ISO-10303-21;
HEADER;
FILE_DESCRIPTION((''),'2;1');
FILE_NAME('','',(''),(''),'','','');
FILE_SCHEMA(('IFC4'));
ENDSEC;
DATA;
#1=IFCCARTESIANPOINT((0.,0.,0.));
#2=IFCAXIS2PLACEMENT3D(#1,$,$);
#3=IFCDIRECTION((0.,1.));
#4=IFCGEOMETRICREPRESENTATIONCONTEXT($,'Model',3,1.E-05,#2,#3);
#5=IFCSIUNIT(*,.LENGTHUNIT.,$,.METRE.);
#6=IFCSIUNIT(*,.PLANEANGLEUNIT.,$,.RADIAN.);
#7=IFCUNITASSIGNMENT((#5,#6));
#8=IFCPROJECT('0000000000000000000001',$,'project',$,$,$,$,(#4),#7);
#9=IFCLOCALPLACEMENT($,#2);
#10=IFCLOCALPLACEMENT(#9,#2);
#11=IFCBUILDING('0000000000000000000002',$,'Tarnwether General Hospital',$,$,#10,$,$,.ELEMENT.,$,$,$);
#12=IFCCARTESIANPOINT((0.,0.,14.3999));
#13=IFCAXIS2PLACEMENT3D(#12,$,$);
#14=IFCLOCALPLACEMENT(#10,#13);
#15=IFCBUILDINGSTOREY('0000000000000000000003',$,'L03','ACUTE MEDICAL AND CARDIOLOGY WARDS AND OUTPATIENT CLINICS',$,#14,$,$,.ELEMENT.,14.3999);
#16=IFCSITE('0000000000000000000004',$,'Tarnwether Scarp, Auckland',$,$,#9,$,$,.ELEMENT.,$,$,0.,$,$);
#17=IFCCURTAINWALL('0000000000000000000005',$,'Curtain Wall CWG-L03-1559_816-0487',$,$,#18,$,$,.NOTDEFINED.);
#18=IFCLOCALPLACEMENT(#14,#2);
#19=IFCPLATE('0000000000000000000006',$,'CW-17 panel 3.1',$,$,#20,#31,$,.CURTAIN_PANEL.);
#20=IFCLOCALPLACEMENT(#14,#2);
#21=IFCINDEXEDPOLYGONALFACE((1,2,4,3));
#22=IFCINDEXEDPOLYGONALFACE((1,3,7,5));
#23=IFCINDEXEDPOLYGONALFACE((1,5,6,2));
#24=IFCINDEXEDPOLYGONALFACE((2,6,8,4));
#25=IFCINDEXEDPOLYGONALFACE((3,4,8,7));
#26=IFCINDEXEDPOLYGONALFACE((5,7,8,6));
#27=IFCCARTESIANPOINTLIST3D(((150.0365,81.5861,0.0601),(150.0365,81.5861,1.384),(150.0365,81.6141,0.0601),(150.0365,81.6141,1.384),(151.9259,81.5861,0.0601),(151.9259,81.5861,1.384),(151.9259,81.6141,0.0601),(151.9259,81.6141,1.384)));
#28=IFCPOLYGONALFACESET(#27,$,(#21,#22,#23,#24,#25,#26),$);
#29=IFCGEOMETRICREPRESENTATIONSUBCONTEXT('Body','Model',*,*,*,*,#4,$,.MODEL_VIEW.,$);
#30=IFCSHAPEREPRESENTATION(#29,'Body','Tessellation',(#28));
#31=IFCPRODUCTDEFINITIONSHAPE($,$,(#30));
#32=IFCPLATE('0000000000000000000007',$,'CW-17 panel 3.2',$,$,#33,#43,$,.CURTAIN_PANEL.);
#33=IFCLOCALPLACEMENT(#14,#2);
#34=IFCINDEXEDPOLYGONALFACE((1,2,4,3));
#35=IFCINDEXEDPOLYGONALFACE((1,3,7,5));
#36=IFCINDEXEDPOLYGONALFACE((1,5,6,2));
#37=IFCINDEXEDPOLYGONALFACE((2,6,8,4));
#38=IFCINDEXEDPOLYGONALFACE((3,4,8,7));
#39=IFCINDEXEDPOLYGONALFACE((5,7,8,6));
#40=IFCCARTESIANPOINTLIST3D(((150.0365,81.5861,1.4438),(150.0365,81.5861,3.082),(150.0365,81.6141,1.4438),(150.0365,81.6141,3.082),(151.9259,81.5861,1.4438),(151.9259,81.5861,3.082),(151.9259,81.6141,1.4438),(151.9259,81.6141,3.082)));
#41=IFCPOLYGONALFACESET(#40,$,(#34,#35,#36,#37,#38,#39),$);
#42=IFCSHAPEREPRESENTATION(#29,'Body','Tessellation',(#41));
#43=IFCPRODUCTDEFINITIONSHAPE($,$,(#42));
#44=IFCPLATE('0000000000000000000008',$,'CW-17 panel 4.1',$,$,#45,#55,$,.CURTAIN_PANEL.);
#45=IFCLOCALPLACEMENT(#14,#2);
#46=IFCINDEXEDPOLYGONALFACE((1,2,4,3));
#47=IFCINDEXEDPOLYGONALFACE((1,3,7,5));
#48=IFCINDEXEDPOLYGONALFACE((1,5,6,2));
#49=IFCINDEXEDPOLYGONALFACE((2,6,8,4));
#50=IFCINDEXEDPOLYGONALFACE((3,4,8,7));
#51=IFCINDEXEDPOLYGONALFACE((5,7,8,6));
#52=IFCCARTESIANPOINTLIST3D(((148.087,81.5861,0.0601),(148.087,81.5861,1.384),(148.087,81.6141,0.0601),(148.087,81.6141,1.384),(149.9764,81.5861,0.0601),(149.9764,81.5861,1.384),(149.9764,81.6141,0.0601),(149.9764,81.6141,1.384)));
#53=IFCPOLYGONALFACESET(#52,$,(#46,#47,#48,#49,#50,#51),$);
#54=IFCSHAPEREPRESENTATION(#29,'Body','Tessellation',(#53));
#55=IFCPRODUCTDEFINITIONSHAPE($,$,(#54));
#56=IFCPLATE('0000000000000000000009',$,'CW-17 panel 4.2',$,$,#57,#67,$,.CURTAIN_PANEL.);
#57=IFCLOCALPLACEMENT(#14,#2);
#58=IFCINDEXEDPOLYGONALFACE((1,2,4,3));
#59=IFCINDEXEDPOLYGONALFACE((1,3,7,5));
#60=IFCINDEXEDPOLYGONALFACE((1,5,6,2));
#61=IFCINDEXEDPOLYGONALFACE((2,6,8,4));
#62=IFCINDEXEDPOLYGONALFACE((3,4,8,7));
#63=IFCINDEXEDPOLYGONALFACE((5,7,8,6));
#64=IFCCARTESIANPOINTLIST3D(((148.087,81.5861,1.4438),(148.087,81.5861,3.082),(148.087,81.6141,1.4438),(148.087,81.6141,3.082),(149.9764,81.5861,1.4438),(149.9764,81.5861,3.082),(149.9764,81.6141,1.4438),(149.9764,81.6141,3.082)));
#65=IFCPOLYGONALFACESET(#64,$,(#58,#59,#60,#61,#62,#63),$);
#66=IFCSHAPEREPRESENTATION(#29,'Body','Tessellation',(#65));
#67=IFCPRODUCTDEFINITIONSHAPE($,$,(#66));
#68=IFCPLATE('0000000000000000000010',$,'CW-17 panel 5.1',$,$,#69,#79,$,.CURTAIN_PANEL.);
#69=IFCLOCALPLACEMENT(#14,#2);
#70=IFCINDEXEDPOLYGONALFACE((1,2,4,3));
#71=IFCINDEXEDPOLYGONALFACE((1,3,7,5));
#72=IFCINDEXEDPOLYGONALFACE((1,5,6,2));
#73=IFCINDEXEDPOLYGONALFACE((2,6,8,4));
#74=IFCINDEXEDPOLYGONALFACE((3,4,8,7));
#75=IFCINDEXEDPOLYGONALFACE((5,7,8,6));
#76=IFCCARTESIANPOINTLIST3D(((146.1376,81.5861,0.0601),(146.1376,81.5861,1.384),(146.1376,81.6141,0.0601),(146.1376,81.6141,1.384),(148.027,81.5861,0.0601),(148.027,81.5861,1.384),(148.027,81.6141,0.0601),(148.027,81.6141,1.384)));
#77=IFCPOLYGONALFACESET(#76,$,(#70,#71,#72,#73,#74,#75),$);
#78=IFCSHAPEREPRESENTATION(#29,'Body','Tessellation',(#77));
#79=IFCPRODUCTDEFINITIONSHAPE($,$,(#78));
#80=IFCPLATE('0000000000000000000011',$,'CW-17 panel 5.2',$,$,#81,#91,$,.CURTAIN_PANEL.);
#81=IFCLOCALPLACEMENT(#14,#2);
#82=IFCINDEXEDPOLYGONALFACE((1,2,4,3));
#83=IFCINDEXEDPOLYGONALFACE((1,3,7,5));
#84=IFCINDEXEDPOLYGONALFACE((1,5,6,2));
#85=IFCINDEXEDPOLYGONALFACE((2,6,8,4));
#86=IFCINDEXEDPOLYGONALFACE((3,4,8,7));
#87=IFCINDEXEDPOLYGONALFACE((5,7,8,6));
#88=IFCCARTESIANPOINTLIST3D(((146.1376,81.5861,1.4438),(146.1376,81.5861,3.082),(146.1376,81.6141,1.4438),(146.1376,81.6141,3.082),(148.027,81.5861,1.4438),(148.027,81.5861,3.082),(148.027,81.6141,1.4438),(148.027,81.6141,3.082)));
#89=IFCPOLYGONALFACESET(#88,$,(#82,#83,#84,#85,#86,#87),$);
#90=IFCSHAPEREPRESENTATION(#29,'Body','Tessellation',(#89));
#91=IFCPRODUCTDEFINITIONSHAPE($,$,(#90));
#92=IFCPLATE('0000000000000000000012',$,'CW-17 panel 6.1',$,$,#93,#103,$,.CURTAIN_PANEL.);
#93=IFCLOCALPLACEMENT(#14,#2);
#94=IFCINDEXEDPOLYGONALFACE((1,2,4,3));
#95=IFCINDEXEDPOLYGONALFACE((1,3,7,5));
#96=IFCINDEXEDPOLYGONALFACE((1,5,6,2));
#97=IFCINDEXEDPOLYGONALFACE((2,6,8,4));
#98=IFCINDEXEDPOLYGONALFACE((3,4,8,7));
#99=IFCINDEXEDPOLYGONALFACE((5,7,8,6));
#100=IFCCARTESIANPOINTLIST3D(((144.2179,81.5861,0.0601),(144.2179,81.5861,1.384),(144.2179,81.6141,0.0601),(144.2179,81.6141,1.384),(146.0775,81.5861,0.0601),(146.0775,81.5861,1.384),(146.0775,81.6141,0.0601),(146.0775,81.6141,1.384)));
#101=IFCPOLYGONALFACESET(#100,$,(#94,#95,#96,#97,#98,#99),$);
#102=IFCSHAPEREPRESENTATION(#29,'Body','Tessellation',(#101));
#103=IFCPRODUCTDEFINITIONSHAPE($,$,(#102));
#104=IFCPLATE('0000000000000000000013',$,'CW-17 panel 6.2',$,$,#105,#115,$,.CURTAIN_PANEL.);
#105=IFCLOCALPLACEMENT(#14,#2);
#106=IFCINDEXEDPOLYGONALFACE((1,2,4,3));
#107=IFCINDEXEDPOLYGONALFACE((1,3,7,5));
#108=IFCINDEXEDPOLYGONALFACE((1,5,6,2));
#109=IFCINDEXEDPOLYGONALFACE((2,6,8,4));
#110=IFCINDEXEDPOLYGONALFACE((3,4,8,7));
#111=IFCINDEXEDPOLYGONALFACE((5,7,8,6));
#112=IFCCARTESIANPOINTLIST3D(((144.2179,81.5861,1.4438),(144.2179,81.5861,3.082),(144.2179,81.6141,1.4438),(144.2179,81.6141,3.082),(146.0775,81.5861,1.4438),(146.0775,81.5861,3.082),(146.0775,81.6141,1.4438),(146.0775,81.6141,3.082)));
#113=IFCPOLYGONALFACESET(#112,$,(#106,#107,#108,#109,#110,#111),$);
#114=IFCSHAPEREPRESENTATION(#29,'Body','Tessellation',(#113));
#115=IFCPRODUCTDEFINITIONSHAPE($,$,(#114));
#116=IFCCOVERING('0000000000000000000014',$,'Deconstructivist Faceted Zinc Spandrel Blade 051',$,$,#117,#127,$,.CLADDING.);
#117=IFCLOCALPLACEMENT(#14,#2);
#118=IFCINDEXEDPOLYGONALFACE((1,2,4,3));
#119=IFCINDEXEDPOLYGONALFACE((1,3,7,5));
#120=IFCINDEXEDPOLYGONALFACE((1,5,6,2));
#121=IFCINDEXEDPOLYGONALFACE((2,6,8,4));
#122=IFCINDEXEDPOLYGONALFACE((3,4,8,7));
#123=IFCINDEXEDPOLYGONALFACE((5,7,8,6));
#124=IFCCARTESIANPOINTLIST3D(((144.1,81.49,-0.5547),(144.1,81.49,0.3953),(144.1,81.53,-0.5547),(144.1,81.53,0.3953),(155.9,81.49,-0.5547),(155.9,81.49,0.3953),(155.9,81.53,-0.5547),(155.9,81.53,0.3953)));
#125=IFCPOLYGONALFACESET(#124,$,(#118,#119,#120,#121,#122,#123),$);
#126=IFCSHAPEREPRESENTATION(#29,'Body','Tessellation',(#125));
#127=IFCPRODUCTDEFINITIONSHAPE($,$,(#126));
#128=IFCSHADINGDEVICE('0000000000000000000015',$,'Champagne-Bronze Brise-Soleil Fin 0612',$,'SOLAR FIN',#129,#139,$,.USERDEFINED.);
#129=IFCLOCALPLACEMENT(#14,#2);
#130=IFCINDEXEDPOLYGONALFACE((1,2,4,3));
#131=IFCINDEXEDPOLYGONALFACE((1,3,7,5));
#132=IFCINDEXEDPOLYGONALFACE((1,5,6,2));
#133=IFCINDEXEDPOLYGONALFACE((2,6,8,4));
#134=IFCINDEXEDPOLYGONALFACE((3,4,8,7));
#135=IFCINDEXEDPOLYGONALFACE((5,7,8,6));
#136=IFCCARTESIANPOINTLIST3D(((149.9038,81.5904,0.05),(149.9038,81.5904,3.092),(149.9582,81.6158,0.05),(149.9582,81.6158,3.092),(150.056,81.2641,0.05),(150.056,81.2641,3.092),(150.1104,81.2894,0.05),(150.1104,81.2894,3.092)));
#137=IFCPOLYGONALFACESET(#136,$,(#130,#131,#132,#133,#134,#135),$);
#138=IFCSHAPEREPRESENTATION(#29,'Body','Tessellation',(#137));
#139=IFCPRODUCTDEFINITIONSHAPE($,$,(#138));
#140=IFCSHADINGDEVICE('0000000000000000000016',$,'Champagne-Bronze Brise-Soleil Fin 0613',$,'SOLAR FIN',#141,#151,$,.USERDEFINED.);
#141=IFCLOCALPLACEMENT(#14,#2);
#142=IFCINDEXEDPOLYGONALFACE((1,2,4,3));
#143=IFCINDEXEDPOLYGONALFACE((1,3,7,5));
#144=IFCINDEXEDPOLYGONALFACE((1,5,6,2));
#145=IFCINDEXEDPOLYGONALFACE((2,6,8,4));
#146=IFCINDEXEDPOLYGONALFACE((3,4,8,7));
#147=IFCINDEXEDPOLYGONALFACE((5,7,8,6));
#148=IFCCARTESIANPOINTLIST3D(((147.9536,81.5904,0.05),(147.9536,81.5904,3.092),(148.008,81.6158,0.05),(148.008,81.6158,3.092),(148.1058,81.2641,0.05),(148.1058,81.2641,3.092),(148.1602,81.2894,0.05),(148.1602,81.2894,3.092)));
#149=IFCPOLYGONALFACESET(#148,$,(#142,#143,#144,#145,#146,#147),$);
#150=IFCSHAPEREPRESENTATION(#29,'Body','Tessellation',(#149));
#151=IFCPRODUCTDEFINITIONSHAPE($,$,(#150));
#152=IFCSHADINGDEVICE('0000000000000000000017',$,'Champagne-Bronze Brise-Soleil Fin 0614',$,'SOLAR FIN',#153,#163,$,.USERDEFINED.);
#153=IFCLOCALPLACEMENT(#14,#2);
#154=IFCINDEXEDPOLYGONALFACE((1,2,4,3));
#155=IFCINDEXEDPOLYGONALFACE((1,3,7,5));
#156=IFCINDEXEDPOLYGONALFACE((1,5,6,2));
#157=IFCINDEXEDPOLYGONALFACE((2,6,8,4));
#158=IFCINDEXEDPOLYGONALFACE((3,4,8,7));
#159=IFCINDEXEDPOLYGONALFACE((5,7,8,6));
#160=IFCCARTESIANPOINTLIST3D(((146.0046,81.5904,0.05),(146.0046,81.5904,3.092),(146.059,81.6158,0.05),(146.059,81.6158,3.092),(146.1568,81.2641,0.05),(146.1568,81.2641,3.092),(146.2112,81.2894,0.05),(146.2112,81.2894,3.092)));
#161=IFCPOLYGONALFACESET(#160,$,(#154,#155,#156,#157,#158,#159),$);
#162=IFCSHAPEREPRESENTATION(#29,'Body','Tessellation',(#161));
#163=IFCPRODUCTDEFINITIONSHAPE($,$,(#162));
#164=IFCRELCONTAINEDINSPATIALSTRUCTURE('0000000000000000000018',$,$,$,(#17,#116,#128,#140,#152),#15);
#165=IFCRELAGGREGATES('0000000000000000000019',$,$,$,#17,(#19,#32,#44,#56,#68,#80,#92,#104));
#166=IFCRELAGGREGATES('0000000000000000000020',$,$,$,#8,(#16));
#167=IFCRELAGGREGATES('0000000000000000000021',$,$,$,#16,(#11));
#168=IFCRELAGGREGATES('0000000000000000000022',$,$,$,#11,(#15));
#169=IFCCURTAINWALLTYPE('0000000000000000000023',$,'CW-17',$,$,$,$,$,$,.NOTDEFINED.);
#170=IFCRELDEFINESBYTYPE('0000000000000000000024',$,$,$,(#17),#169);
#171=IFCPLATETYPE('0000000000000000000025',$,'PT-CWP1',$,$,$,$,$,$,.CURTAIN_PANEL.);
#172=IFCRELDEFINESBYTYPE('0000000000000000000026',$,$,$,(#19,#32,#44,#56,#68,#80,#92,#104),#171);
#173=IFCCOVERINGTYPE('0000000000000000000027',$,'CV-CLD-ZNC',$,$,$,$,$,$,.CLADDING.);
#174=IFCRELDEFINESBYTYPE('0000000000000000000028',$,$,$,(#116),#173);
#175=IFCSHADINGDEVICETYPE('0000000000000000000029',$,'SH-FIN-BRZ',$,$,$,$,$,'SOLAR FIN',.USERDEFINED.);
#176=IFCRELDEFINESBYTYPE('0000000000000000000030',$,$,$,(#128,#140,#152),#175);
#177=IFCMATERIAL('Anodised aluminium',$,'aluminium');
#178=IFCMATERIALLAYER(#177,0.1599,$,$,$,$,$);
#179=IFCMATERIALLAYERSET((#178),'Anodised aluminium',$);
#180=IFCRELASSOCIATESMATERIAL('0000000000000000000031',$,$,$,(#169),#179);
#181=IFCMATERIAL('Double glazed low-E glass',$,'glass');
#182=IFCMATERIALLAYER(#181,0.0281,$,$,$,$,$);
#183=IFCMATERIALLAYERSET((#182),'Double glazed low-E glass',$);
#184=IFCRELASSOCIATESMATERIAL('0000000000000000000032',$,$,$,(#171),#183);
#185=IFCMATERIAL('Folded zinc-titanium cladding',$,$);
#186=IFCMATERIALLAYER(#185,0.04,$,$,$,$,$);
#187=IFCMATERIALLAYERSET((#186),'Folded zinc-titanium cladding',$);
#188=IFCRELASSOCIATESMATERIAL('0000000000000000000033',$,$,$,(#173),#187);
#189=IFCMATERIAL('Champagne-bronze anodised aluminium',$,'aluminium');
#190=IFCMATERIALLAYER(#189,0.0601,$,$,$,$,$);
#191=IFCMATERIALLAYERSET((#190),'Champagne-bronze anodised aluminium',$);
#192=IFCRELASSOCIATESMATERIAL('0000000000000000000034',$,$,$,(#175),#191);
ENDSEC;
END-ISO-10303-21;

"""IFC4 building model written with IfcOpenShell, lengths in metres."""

from ifc_helpers import new_model, si_unit, direction, frame, origin, origin_2d, place, context, subcontext, project, spatial, rectangle, extrude, material, layer, layer_set, type_object, element, aggregate, save


model = new_model("IFC4")

# Units and contexts
model_context = context("Model", 3, precision=1e-05, world=origin(), true_north=direction((0.0, 1.0)))
body_context = subcontext(model_context, "Body", "Model", "MODEL_VIEW")
ifc_project = project(units=[si_unit("LENGTHUNIT", "METRE"), si_unit("PLANEANGLEUNIT", "RADIAN")], contexts=[model_context])

# Site, building, storey
site_placement = place(None, origin())
site = spatial("IfcSite", under=ifc_project, at=site_placement, Name="Tarnwether Scarp, Auckland", CompositionType="ELEMENT", RefElevation=0.0)
building_placement = place(site_placement, origin())
building = spatial("IfcBuilding", under=site, at=building_placement, Name="Tarnwether General Hospital", CompositionType="ELEMENT")
storey_placement = place(building_placement, frame((0.0, 0.0, 14.3999)))
storey = spatial("IfcBuildingStorey", under=building, at=storey_placement, Name="L03", Description="ACUTE MEDICAL AND CARDIOLOGY WARDS AND OUTPATIENT CLINICS", CompositionType="ELEMENT", Elevation=14.3999)

# Curtain wall, plates
ifc_material_1 = material(Name="Anodised aluminium", Category="aluminium")
ifc_layer_1 = layer(ifc_material_1, 0.1599)
ifc_layer_set_1 = layer_set([ifc_layer_1], Name="Anodised aluminium")
curtain_wall_type = type_object("IfcCurtainWallType", Name="CW-17", PredefinedType="NOTDEFINED", material=ifc_layer_set_1)
curtain_wall_placement = place(storey_placement, origin())
curtain_wall = element("IfcCurtainWall", 1, at=curtain_wall_placement, inside=storey, type_object=curtain_wall_type, Name="Curtain Wall CWG-L03-1559_816-0487", PredefinedType="NOTDEFINED")
ifc_material_2 = material(Name="Double glazed low-E glass", Category="glass")
ifc_layer_2 = layer(ifc_material_2, 0.0281)
ifc_layer_set_2 = layer_set([ifc_layer_2], Name="Double glazed low-E glass")
plate_type = type_object("IfcPlateType", Name="PT-CWP1", PredefinedType="CURTAIN_PANEL", material=ifc_layer_set_2)
plate_1_placement = place(storey_placement, frame((150.9812, 81.6001, 0.0601), z_axis=(0.0, 0.0, 1.0), x_axis=(-1.0, 0.0, 0.0)))
plate_1 = element("IfcPlate", 2, at=plate_1_placement, type_object=plate_type, Name="CW-17 panel 3.1", PredefinedType="CURTAIN_PANEL", context=body_context, shape_type="SweptSolid", body=[
    extrude(rectangle(XDim=1.8894, YDim=0.0281, at=origin_2d()), origin(), (0.0, 0.0, 1.0), 1.324),
])
plate_2_placement = place(storey_placement, frame((150.9812, 81.6001, 1.4438), z_axis=(0.0, 0.0, 1.0), x_axis=(-1.0, 0.0, 0.0)))
plate_2 = element("IfcPlate", 3, at=plate_2_placement, type_object=plate_type, Name="CW-17 panel 3.2", PredefinedType="CURTAIN_PANEL", context=body_context, shape_type="SweptSolid", body=[
    extrude(rectangle(XDim=1.8894, YDim=0.0281, at=origin_2d()), origin(), (0.0, 0.0, 1.0), 1.6382),
])
plate_3_placement = place(storey_placement, frame((149.0317, 81.6001, 0.0601), z_axis=(0.0, 0.0, 1.0), x_axis=(-1.0, 0.0, 0.0)))
plate_3 = element("IfcPlate", 4, at=plate_3_placement, type_object=plate_type, Name="CW-17 panel 4.1", PredefinedType="CURTAIN_PANEL", context=body_context, shape_type="SweptSolid", body=[
    extrude(rectangle(XDim=1.8894, YDim=0.0281, at=origin_2d()), origin(), (0.0, 0.0, 1.0), 1.324),
])
plate_4_placement = place(storey_placement, frame((149.0317, 81.6001, 1.4438), z_axis=(0.0, 0.0, 1.0), x_axis=(-1.0, 0.0, 0.0)))
plate_4 = element("IfcPlate", 5, at=plate_4_placement, type_object=plate_type, Name="CW-17 panel 4.2", PredefinedType="CURTAIN_PANEL", context=body_context, shape_type="SweptSolid", body=[
    extrude(rectangle(XDim=1.8894, YDim=0.0281, at=origin_2d()), origin(), (0.0, 0.0, 1.0), 1.6382),
])
plate_5_placement = place(storey_placement, frame((147.0823, 81.6001, 0.0601), z_axis=(0.0, 0.0, 1.0), x_axis=(-1.0, 0.0, 0.0)))
plate_5 = element("IfcPlate", 6, at=plate_5_placement, type_object=plate_type, Name="CW-17 panel 5.1", PredefinedType="CURTAIN_PANEL", context=body_context, shape_type="SweptSolid", body=[
    extrude(rectangle(XDim=1.8894, YDim=0.0281, at=origin_2d()), origin(), (0.0, 0.0, 1.0), 1.324),
])
plate_6_placement = place(storey_placement, frame((147.0823, 81.6001, 1.4438), z_axis=(0.0, 0.0, 1.0), x_axis=(-1.0, 0.0, 0.0)))
plate_6 = element("IfcPlate", 7, at=plate_6_placement, type_object=plate_type, Name="CW-17 panel 5.2", PredefinedType="CURTAIN_PANEL", context=body_context, shape_type="SweptSolid", body=[
    extrude(rectangle(XDim=1.8894, YDim=0.0281, at=origin_2d()), origin(), (0.0, 0.0, 1.0), 1.6382),
])
plate_7_placement = place(storey_placement, frame((145.1477, 81.6001, 0.0601), z_axis=(0.0, 0.0, 1.0), x_axis=(-1.0, 0.0, 0.0)))
plate_7 = element("IfcPlate", 8, at=plate_7_placement, type_object=plate_type, Name="CW-17 panel 6.1", PredefinedType="CURTAIN_PANEL", context=body_context, shape_type="SweptSolid", body=[
    extrude(rectangle(XDim=1.8596, YDim=0.0281, at=origin_2d()), origin(), (0.0, 0.0, 1.0), 1.324),
])
plate_8_placement = place(storey_placement, frame((145.1477, 81.6001, 1.4438), z_axis=(0.0, 0.0, 1.0), x_axis=(-1.0, 0.0, 0.0)))
plate_8 = element("IfcPlate", 9, at=plate_8_placement, type_object=plate_type, Name="CW-17 panel 6.2", PredefinedType="CURTAIN_PANEL", context=body_context, shape_type="SweptSolid", body=[
    extrude(rectangle(XDim=1.8596, YDim=0.0281, at=origin_2d()), origin(), (0.0, 0.0, 1.0), 1.6382),
])
aggregate(curtain_wall, [plate_1, plate_2, plate_3, plate_4, plate_5, plate_6, plate_7, plate_8])

# Covering
ifc_material_3 = material(Name="Folded zinc-titanium cladding")
ifc_layer_3 = layer(ifc_material_3, 0.04)
ifc_layer_set_3 = layer_set([ifc_layer_3], Name="Folded zinc-titanium cladding")
covering_type = type_object("IfcCoveringType", Name="CV-CLD-ZNC", PredefinedType="CLADDING", material=ifc_layer_set_3)
covering_placement = place(storey_placement, frame((150.0, 81.51, -0.5547), z_axis=(0.0, 0.0, 1.0), x_axis=(1.0, 0.0, 0.0)))
element("IfcCovering", 10, at=covering_placement, inside=storey, type_object=covering_type, Name="Deconstructivist Faceted Zinc Spandrel Blade 051", PredefinedType="CLADDING", context=body_context, shape_type="SweptSolid", body=[
    extrude(rectangle(XDim=11.8, YDim=0.04, at=origin_2d()), origin(), (0.0, 0.0, 1.0), 0.95),
])

# Shading devices
ifc_material_4 = material(Name="Champagne-bronze anodised aluminium", Category="aluminium")
ifc_layer_4 = layer(ifc_material_4, 0.0601)
ifc_layer_set_4 = layer_set([ifc_layer_4], Name="Champagne-bronze anodised aluminium")
shading_device_type = type_object("IfcShadingDeviceType", Name="SH-FIN-BRZ", ElementType="SOLAR FIN", PredefinedType="USERDEFINED", material=ifc_layer_set_4)
for number, where, z_axis, x_axis, name in (
    (11, (150.0071, 81.4399, 0.05), (0.0, 0.0, 1.0), (-0.906308, -0.422618, 0.0), "Champagne-Bronze Brise-Soleil Fin 0612"),
    (12, (148.0569, 81.4399, 0.05), (0.0, 0.0, 1.0), (-0.906308, -0.422618, 0.0), "Champagne-Bronze Brise-Soleil Fin 0613"),
    (13, (146.1079, 81.4399, 0.05), (0.0, 0.0, 1.0), (-0.906308, -0.422618, 0.0), "Champagne-Bronze Brise-Soleil Fin 0614"),
):
    element("IfcShadingDevice", number, at=place(storey_placement, frame(where, z_axis=z_axis, x_axis=x_axis)), inside=storey, type_object=shading_device_type, Name=name, ObjectType="SOLAR FIN", PredefinedType="USERDEFINED", context=body_context, shape_type="SweptSolid", body=[
        extrude(rectangle(XDim=0.0601, YDim=0.3601, at=origin_2d()), origin(), (0.0, 0.0, 1.0), 3.042),
    ])

save(model, "model.ifc")
